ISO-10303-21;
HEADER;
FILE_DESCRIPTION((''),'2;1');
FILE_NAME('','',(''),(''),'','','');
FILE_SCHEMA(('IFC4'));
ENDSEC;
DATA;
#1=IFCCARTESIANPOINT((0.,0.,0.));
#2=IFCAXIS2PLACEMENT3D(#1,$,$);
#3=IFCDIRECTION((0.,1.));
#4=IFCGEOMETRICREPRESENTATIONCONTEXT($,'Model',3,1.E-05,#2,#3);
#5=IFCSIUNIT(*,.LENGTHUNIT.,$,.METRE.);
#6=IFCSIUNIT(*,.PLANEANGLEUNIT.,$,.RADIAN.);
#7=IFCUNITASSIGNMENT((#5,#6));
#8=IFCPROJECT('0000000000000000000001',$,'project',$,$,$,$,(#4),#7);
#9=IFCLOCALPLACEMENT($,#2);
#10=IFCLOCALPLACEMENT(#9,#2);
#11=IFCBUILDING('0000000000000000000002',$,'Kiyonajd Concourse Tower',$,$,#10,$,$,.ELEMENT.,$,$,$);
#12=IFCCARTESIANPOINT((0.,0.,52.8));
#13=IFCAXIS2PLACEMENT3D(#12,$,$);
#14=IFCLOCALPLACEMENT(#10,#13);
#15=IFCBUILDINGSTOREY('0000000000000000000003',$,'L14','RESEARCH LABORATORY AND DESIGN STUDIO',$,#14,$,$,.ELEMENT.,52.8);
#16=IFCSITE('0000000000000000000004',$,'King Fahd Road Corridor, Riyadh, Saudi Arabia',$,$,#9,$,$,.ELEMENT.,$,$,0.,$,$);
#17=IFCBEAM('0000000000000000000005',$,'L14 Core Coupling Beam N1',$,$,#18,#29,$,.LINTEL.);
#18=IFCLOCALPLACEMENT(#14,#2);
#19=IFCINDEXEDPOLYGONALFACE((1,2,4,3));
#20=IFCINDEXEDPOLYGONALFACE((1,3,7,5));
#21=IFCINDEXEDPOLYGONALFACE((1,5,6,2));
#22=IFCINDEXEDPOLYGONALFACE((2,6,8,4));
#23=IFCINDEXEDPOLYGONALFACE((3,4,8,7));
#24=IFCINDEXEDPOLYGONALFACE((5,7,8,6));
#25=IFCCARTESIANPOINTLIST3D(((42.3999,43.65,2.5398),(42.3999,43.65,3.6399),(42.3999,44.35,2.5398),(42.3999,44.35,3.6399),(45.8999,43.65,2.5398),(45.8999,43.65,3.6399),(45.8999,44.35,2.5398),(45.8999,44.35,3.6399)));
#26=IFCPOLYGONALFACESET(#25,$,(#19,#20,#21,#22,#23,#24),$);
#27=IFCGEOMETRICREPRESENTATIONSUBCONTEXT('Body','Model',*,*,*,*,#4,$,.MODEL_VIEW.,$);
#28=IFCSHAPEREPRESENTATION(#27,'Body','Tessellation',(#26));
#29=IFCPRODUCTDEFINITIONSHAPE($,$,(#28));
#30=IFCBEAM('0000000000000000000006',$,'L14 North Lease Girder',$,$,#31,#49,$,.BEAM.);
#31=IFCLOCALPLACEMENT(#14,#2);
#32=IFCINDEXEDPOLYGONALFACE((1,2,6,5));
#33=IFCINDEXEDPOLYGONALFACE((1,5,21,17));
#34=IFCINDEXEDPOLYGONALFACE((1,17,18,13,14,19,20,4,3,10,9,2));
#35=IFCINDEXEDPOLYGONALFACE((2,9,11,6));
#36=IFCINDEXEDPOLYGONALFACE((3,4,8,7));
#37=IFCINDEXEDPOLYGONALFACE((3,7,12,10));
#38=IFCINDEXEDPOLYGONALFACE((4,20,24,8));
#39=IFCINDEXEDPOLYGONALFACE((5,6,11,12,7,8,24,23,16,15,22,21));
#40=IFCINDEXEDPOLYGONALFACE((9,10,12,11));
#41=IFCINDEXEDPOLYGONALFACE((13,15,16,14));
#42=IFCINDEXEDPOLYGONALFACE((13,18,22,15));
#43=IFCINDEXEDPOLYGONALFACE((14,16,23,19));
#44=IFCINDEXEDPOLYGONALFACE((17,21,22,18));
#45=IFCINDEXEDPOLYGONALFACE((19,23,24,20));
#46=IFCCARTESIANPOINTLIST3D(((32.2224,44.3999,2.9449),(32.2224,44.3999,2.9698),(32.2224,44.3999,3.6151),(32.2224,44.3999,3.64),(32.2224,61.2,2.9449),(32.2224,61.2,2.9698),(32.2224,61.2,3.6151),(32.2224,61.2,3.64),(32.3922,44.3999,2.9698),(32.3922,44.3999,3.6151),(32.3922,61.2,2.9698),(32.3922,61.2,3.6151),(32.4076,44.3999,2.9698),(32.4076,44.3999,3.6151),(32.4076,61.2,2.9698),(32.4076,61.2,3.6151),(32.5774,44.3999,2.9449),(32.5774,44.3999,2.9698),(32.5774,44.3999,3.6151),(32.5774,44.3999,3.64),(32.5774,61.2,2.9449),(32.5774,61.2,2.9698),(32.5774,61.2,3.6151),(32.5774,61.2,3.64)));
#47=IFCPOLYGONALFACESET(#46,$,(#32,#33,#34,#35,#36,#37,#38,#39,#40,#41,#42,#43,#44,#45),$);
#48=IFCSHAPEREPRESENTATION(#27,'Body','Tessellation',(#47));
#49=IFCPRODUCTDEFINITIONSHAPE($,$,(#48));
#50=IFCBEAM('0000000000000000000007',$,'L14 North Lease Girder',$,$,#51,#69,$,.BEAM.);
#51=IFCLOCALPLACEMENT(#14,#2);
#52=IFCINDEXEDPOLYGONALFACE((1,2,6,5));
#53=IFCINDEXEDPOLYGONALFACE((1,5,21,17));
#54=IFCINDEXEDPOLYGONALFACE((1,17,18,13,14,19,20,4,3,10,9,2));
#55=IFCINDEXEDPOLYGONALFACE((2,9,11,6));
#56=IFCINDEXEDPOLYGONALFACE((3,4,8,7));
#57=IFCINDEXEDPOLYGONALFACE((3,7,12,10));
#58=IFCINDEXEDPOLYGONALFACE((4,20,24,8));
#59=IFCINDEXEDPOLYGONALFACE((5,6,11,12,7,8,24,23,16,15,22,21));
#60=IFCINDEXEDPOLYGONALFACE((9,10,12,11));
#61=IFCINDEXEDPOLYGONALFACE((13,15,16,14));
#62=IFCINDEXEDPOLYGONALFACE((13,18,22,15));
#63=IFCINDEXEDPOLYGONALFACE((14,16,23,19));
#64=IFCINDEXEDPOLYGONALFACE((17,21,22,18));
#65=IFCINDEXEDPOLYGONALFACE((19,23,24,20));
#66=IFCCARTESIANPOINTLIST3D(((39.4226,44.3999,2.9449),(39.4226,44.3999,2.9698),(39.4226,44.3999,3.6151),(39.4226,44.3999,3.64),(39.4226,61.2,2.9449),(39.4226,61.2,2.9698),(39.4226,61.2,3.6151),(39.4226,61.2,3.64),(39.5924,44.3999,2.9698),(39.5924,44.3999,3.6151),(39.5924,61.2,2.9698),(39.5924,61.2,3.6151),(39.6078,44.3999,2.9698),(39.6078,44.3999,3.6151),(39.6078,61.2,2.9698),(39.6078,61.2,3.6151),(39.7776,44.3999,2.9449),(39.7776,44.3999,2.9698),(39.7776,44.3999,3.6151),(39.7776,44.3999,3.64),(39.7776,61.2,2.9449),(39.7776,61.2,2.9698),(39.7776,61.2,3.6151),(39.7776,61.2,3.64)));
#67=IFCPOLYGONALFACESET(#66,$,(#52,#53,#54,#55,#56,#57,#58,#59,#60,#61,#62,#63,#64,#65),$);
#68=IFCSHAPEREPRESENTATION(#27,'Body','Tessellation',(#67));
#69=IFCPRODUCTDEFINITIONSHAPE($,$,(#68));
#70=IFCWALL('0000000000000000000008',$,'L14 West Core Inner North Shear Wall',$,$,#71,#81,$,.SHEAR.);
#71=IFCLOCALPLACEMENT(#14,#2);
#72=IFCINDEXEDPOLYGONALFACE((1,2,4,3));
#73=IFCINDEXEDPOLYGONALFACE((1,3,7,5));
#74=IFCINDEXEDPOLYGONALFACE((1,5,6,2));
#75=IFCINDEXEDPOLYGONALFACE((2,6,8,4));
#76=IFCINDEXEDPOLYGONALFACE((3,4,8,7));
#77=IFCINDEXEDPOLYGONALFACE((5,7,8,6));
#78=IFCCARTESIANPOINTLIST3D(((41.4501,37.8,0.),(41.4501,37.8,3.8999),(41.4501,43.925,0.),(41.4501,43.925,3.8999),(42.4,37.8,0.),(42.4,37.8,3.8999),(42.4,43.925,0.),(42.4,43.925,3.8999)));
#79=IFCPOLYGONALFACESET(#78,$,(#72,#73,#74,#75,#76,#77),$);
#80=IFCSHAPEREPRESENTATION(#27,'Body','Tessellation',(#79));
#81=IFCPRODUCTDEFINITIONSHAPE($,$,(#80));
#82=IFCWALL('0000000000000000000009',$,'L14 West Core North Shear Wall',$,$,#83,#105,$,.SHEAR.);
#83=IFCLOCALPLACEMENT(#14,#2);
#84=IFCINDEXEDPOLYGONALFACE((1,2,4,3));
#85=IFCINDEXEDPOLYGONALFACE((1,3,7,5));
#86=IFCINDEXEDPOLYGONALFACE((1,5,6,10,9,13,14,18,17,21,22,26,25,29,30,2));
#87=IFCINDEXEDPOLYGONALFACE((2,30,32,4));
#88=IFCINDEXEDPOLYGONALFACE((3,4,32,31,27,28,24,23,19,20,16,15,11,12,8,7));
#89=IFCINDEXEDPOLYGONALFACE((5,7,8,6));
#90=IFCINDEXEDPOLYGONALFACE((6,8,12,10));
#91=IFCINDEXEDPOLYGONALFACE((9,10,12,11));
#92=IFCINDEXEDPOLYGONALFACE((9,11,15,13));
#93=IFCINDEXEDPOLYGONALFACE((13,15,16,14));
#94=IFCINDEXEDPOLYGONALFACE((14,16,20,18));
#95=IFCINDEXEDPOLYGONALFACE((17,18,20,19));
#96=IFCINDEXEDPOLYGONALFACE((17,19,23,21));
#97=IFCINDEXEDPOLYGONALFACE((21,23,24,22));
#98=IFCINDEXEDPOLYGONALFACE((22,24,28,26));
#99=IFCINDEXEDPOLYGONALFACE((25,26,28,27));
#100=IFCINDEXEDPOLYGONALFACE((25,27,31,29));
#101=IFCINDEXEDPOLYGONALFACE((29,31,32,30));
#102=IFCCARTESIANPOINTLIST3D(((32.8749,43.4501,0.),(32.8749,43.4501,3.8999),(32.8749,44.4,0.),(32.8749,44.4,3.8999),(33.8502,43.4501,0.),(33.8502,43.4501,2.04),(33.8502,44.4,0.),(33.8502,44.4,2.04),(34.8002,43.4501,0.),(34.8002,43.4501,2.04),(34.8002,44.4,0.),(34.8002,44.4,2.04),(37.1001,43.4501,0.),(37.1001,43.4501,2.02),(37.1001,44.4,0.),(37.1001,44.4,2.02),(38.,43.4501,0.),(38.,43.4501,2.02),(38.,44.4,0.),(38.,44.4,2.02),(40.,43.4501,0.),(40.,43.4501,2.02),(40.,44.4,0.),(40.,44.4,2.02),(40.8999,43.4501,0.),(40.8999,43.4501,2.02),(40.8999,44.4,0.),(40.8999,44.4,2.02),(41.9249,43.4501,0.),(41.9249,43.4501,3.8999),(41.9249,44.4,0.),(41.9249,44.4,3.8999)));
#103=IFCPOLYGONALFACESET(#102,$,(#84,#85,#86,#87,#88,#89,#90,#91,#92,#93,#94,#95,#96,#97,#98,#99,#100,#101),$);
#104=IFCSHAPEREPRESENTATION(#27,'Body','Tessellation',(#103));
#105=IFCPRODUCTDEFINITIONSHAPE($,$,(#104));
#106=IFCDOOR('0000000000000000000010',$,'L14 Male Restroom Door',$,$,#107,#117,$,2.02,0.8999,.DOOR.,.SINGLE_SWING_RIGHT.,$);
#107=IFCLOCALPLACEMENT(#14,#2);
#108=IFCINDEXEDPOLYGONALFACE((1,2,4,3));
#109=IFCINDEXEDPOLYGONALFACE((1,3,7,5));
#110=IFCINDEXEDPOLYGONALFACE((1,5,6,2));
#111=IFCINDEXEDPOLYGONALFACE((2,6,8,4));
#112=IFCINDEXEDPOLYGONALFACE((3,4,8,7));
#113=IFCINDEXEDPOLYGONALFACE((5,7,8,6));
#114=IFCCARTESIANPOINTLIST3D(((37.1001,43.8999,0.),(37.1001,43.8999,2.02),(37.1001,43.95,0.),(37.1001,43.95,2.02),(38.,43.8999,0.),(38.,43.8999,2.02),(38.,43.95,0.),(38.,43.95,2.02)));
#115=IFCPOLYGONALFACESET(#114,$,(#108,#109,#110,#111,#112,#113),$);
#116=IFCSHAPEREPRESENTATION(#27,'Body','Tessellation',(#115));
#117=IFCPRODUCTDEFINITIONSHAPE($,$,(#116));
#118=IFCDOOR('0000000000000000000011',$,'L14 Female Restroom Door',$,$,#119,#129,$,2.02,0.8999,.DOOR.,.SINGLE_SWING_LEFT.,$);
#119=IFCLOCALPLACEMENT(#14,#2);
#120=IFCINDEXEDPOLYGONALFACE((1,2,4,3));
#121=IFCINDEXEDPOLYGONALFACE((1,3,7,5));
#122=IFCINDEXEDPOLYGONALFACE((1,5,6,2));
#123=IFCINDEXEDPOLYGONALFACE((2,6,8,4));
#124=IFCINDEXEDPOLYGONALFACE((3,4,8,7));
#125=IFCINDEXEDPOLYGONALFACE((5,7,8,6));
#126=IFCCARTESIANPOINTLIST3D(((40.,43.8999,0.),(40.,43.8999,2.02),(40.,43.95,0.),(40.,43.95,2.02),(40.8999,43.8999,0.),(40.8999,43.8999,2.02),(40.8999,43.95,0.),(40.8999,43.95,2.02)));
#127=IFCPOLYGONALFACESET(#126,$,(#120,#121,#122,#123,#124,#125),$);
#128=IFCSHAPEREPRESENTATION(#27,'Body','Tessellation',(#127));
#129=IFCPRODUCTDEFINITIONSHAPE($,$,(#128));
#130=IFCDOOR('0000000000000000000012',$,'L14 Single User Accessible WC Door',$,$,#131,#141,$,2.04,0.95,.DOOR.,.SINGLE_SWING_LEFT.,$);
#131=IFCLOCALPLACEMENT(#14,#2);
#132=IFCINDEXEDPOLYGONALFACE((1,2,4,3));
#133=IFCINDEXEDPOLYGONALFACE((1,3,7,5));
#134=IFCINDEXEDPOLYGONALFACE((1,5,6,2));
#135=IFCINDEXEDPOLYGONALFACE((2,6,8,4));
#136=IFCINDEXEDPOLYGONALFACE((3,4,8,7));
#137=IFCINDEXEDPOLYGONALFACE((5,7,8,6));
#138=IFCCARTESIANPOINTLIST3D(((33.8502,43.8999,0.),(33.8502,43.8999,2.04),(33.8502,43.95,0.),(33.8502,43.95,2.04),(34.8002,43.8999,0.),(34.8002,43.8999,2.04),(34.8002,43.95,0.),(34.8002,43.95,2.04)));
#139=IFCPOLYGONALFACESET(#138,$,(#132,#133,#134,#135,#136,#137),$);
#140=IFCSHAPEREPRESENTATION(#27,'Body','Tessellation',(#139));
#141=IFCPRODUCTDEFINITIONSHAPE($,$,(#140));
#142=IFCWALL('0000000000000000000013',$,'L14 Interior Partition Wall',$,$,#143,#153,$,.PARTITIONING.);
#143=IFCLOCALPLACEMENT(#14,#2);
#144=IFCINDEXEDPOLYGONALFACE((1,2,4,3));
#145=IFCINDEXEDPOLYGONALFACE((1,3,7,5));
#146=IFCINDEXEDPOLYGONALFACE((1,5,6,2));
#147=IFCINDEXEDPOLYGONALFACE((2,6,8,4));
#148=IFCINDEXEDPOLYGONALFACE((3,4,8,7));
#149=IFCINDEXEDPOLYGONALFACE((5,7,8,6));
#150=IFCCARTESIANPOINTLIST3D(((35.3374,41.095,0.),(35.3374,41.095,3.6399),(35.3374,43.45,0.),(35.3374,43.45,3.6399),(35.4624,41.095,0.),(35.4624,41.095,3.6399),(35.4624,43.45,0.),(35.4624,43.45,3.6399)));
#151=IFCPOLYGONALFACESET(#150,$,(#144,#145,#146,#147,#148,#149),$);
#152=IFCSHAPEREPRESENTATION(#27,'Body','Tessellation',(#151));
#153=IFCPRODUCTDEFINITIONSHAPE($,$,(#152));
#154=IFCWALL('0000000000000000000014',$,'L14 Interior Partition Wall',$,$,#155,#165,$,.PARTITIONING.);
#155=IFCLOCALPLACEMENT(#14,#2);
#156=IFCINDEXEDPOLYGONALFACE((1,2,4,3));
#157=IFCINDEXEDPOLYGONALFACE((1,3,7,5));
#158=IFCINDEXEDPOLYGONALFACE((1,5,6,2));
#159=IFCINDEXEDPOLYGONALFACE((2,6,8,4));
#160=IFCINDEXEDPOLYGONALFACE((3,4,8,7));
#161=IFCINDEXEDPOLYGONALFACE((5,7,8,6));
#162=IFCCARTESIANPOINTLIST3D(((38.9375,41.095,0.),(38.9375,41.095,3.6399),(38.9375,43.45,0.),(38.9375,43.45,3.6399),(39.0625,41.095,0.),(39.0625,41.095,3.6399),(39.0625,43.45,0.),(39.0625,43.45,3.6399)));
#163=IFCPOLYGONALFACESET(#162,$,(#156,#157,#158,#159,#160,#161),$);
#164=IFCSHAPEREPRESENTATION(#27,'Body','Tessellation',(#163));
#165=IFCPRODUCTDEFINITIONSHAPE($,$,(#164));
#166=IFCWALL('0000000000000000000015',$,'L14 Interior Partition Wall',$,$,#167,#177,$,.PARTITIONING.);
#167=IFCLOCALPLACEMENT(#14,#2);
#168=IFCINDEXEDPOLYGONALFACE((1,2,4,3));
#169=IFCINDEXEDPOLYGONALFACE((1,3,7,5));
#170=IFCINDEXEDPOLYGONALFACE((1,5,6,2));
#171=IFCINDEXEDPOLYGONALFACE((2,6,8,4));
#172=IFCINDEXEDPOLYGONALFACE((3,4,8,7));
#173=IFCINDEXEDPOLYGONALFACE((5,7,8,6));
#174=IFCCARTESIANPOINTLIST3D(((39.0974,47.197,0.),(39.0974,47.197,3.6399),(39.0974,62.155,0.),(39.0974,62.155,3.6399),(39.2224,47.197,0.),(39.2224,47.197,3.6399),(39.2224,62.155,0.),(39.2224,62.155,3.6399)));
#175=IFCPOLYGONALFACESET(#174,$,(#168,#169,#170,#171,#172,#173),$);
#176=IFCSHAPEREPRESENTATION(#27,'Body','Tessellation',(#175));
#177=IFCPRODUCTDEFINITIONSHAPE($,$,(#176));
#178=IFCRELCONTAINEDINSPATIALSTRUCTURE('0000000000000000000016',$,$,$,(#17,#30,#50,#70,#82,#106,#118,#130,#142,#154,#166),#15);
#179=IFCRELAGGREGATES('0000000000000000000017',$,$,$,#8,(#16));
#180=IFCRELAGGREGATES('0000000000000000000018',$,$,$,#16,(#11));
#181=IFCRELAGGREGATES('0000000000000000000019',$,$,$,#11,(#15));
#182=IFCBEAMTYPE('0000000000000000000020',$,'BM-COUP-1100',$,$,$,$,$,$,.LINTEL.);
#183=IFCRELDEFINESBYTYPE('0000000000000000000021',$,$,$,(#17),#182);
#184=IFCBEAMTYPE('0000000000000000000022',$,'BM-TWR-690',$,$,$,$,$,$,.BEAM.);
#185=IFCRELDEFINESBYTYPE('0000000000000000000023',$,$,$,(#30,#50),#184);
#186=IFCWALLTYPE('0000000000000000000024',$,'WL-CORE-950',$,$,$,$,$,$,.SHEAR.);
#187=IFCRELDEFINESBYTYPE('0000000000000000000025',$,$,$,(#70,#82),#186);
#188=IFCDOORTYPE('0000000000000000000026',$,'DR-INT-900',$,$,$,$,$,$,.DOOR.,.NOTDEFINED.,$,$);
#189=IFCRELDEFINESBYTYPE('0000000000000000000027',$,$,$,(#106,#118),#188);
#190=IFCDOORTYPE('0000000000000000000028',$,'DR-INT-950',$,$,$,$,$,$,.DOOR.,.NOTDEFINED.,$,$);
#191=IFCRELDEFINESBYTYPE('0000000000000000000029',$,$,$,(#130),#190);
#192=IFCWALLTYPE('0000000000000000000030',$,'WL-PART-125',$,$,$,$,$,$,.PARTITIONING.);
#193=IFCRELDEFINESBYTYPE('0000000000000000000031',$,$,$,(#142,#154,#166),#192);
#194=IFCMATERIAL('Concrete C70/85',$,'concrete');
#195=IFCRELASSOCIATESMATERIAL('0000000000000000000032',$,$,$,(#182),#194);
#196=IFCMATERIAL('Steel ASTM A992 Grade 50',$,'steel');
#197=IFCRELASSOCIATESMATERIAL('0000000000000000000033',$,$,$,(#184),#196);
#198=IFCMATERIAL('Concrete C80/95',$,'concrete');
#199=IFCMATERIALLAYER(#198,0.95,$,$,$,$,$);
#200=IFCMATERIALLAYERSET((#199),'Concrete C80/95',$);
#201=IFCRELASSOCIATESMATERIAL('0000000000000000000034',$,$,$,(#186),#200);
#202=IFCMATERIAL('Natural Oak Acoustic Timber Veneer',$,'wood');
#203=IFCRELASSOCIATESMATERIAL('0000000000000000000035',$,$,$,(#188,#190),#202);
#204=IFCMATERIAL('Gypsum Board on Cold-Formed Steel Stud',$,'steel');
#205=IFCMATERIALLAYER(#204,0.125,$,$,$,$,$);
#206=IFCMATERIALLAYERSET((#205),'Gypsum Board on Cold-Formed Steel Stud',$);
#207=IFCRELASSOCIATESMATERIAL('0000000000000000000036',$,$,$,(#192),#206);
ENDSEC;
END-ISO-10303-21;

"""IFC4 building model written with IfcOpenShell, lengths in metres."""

from ifc_helpers import new_model, si_unit, direction, frame, frame_2d, origin, origin_2d, place, context, subcontext, project, spatial, rectangle, i_section, extrude, material, layer, layer_set, material_profile, profile_set, type_object, element, fill, save


model = new_model("IFC4")

# Units and contexts
model_context = context("Model", 3, precision=1e-05, world=origin(), true_north=direction((0.0, 1.0)))
body_context = subcontext(model_context, "Body", "Model", "MODEL_VIEW")
ifc_project = project(units=[si_unit("LENGTHUNIT", "METRE"), si_unit("PLANEANGLEUNIT", "RADIAN")], contexts=[model_context])

# Site, building, storey
site_placement = place(None, origin())
site = spatial("IfcSite", under=ifc_project, at=site_placement, Name="King Fahd Road Corridor, Riyadh, Saudi Arabia", CompositionType="ELEMENT", RefElevation=0.0)
building_placement = place(site_placement, origin())
building = spatial("IfcBuilding", under=site, at=building_placement, Name="Kiyonajd Concourse Tower", CompositionType="ELEMENT")
storey_placement = place(building_placement, frame((0.0, 0.0, 52.8)))
storey = spatial("IfcBuildingStorey", under=building, at=storey_placement, Name="L14", Description="RESEARCH LABORATORY AND DESIGN STUDIO", CompositionType="ELEMENT", Elevation=52.8)

# Beams
ifc_material_1 = material(Name="Concrete C70/85", Category="concrete")
ifc_material_profile_1 = material_profile(ifc_material_1, rectangle(XDim=0.7, YDim=1.1001, at=origin_2d()), Name="RCBM-700x1100")
ifc_profile_set_1 = profile_set([ifc_material_profile_1], Name="Concrete C70/85")
beam_type_1 = type_object("IfcBeamType", Name="BM-COUP-1100", PredefinedType="LINTEL", material=ifc_profile_set_1)
beam_placement = place(storey_placement, frame((42.3999, 44.0, 3.0898), z_axis=(1.0, 0.0, 0.0), x_axis=(0.0, 1.0, 0.0)))
element("IfcBeam", 1, at=beam_placement, inside=storey, type_object=beam_type_1, Name="L14 Core Coupling Beam N1", PredefinedType="LINTEL", context=body_context, shape_type="SweptSolid", body=[
    extrude(rectangle(XDim=0.7, YDim=1.1001, at=origin_2d()), origin(), (0.0, 0.0, 1.0), 3.5),
])
ifc_material_2 = material(Name="Steel ASTM A992 Grade 50", Category="steel")
ifc_material_profile_2 = material_profile(ifc_material_2, i_section(OverallWidth=0.355, OverallDepth=0.6951, WebThickness=0.0154, FlangeThickness=0.0249, at=origin_2d()), Name="W690X217")
ifc_profile_set_2 = profile_set([ifc_material_profile_2], Name="Steel ASTM A992 Grade 50")
beam_type_2 = type_object("IfcBeamType", Name="BM-TWR-690", PredefinedType="BEAM", material=ifc_profile_set_2)
for number, where, z_axis, x_axis, name in (
    (2, (32.3999, 44.3999, 3.2925), (0.0, 1.0, 0.0), (-1.0, 0.0, 0.0), "L14 North Lease Girder"),
    (3, (39.6001, 44.3999, 3.2925), (0.0, 1.0, 0.0), (-1.0, 0.0, 0.0), "L14 North Lease Girder"),
):
    element("IfcBeam", number, at=place(storey_placement, frame(where, z_axis=z_axis, x_axis=x_axis)), inside=storey, type_object=beam_type_2, Name=name, PredefinedType="BEAM", context=body_context, shape_type="SweptSolid", body=[
        extrude(i_section(OverallWidth=0.355, OverallDepth=0.6951, WebThickness=0.0154, FlangeThickness=0.0249, at=origin_2d()), origin(), (0.0, 0.0, 1.0), 16.8),
    ])

# Wall
ifc_material_3 = material(Name="Concrete C80/95", Category="concrete")
ifc_layer_1 = layer(ifc_material_3, 0.95)
ifc_layer_set_1 = layer_set([ifc_layer_1], Name="Concrete C80/95")
wall_type_1 = type_object("IfcWallType", Name="WL-CORE-950", PredefinedType="SHEAR", material=ifc_layer_set_1)
wall_1_placement = place(storey_placement, frame((41.925, 37.8, 0.0), z_axis=(0.0, 0.0, 1.0), x_axis=(0.0, 1.0, 0.0)))
element("IfcWall", 4, at=wall_1_placement, inside=storey, type_object=wall_type_1, Name="L14 West Core Inner North Shear Wall", PredefinedType="SHEAR", context=body_context, shape_type="SweptSolid", body=[
    extrude(rectangle(XDim=6.125, YDim=0.95, at=frame_2d((3.0625, 0.0))), origin(), (0.0, 0.0, 1.0), 3.8999),
])

# Wall, openings, doors
wall_2_placement = place(storey_placement, frame((32.875, 43.925, 0.0), z_axis=(0.0, 0.0, 1.0), x_axis=(1.0, 0.0, 0.0)))
wall_2 = element("IfcWall", 5, at=wall_2_placement, inside=storey, type_object=wall_type_1, Name="L14 West Core North Shear Wall", PredefinedType="SHEAR", context=body_context, shape_type="SweptSolid", body=[
    extrude(rectangle(XDim=9.05, YDim=0.95, at=frame_2d((4.5249, 0.0))), origin(), (0.0, 0.0, 1.0), 3.8999),
])
opening_1_placement = place(wall_2_placement, frame((0.9751, 0.0, 0.0)))
opening_1 = element("IfcOpeningElement", 6, at=opening_1_placement, cuts=wall_2, PredefinedType="OPENING", context=body_context, shape_type="SweptSolid", body=[
    extrude(rectangle(XDim=0.95, YDim=2.04, at=frame_2d((0.4751, 1.02))), frame((0.0, 0.4849, 0.0), z_axis=(0.0, -1.0, 0.0), x_axis=(1.0, 0.0, 0.0)), (0.0, 0.0, 1.0), 0.97),
])
opening_2_placement = place(wall_2_placement, frame((4.2251, 0.0, 0.0)))
opening_2 = element("IfcOpeningElement", 7, at=opening_2_placement, cuts=wall_2, PredefinedType="OPENING", context=body_context, shape_type="SweptSolid", body=[
    extrude(rectangle(XDim=0.8999, YDim=2.02, at=frame_2d((0.45, 1.01))), frame((0.0, 0.4849, 0.0), z_axis=(0.0, -1.0, 0.0), x_axis=(1.0, 0.0, 0.0)), (0.0, 0.0, 1.0), 0.97),
])
opening_3_placement = place(wall_2_placement, frame((7.125, 0.0, 0.0)))
opening_3 = element("IfcOpeningElement", 8, at=opening_3_placement, cuts=wall_2, PredefinedType="OPENING", context=body_context, shape_type="SweptSolid", body=[
    extrude(rectangle(XDim=0.8999, YDim=2.02, at=frame_2d((0.45, 1.01))), frame((0.0, 0.4849, 0.0), z_axis=(0.0, -1.0, 0.0), x_axis=(1.0, 0.0, 0.0)), (0.0, 0.0, 1.0), 0.97),
])
ifc_material_4 = material(Name="Natural Oak Acoustic Timber Veneer", Category="wood")
door_type_1 = type_object("IfcDoorType", Name="DR-INT-900", OperationType="NOTDEFINED", PredefinedType="DOOR", material=ifc_material_4)
door_1_placement = place(opening_2_placement, origin())
door_1 = element("IfcDoor", 9, at=door_1_placement, inside=storey, type_object=door_type_1, Name="L14 Male Restroom Door", OperationType="SINGLE_SWING_RIGHT", OverallHeight=2.02, OverallWidth=0.8999, PredefinedType="DOOR", context=body_context, shape_type="SweptSolid", body=[
    extrude(rectangle(XDim=0.8999, YDim=2.02, at=frame_2d((0.45, 1.01))), frame((0.0, 0.0249, 0.0), z_axis=(0.0, -1.0, 0.0), x_axis=(1.0, 0.0, 0.0)), (0.0, 0.0, 1.0), 0.05),
])
fill(opening_2, door_1)
door_2_placement = place(opening_3_placement, origin())
door_2 = element("IfcDoor", 10, at=door_2_placement, inside=storey, type_object=door_type_1, Name="L14 Female Restroom Door", OperationType="SINGLE_SWING_LEFT", OverallHeight=2.02, OverallWidth=0.8999, PredefinedType="DOOR", context=body_context, shape_type="SweptSolid", body=[
    extrude(rectangle(XDim=0.8999, YDim=2.02, at=frame_2d((0.45, 1.01))), frame((0.0, 0.0249, 0.0), z_axis=(0.0, -1.0, 0.0), x_axis=(1.0, 0.0, 0.0)), (0.0, 0.0, 1.0), 0.05),
])
fill(opening_3, door_2)
door_type_2 = type_object("IfcDoorType", Name="DR-INT-950", OperationType="NOTDEFINED", PredefinedType="DOOR", material=ifc_material_4)
door_3_placement = place(opening_1_placement, origin())
door_3 = element("IfcDoor", 11, at=door_3_placement, inside=storey, type_object=door_type_2, Name="L14 Single User Accessible WC Door", OperationType="SINGLE_SWING_LEFT", OverallHeight=2.04, OverallWidth=0.95, PredefinedType="DOOR", context=body_context, shape_type="SweptSolid", body=[
    extrude(rectangle(XDim=0.95, YDim=2.04, at=frame_2d((0.4751, 1.02))), frame((0.0, 0.0249, 0.0), z_axis=(0.0, -1.0, 0.0), x_axis=(1.0, 0.0, 0.0)), (0.0, 0.0, 1.0), 0.05),
])
fill(opening_1, door_3)

# Walls
ifc_material_5 = material(Name="Gypsum Board on Cold-Formed Steel Stud", Category="steel")
ifc_layer_2 = layer(ifc_material_5, 0.125)
ifc_layer_set_2 = layer_set([ifc_layer_2], Name="Gypsum Board on Cold-Formed Steel Stud")
wall_type_2 = type_object("IfcWallType", Name="WL-PART-125", PredefinedType="PARTITIONING", material=ifc_layer_set_2)
for number, where, z_axis, x_axis, name in (
    (12, (35.3999, 41.095, 0.0), (0.0, 0.0, 1.0), (0.0, 1.0, 0.0), "L14 Interior Partition Wall"),
    (13, (39.0, 41.095, 0.0), (0.0, 0.0, 1.0), (0.0, 1.0, 0.0), "L14 Interior Partition Wall"),
):
    element("IfcWall", number, at=place(storey_placement, frame(where, z_axis=z_axis, x_axis=x_axis)), inside=storey, type_object=wall_type_2, Name=name, PredefinedType="PARTITIONING", context=body_context, shape_type="SweptSolid", body=[
        extrude(rectangle(XDim=2.355, YDim=0.125, at=frame_2d((1.1775, 0.0))), origin(), (0.0, 0.0, 1.0), 3.6399),
    ])
wall_3_placement = place(storey_placement, frame((39.1599, 47.197, 0.0), z_axis=(0.0, 0.0, 1.0), x_axis=(0.0, 1.0, 0.0)))
element("IfcWall", 14, at=wall_3_placement, inside=storey, type_object=wall_type_2, Name="L14 Interior Partition Wall", PredefinedType="PARTITIONING", context=body_context, shape_type="SweptSolid", body=[
    extrude(rectangle(XDim=14.958, YDim=0.125, at=frame_2d((7.479, 0.0))), origin(), (0.0, 0.0, 1.0), 3.6399),
])

save(model, "model.ifc")
